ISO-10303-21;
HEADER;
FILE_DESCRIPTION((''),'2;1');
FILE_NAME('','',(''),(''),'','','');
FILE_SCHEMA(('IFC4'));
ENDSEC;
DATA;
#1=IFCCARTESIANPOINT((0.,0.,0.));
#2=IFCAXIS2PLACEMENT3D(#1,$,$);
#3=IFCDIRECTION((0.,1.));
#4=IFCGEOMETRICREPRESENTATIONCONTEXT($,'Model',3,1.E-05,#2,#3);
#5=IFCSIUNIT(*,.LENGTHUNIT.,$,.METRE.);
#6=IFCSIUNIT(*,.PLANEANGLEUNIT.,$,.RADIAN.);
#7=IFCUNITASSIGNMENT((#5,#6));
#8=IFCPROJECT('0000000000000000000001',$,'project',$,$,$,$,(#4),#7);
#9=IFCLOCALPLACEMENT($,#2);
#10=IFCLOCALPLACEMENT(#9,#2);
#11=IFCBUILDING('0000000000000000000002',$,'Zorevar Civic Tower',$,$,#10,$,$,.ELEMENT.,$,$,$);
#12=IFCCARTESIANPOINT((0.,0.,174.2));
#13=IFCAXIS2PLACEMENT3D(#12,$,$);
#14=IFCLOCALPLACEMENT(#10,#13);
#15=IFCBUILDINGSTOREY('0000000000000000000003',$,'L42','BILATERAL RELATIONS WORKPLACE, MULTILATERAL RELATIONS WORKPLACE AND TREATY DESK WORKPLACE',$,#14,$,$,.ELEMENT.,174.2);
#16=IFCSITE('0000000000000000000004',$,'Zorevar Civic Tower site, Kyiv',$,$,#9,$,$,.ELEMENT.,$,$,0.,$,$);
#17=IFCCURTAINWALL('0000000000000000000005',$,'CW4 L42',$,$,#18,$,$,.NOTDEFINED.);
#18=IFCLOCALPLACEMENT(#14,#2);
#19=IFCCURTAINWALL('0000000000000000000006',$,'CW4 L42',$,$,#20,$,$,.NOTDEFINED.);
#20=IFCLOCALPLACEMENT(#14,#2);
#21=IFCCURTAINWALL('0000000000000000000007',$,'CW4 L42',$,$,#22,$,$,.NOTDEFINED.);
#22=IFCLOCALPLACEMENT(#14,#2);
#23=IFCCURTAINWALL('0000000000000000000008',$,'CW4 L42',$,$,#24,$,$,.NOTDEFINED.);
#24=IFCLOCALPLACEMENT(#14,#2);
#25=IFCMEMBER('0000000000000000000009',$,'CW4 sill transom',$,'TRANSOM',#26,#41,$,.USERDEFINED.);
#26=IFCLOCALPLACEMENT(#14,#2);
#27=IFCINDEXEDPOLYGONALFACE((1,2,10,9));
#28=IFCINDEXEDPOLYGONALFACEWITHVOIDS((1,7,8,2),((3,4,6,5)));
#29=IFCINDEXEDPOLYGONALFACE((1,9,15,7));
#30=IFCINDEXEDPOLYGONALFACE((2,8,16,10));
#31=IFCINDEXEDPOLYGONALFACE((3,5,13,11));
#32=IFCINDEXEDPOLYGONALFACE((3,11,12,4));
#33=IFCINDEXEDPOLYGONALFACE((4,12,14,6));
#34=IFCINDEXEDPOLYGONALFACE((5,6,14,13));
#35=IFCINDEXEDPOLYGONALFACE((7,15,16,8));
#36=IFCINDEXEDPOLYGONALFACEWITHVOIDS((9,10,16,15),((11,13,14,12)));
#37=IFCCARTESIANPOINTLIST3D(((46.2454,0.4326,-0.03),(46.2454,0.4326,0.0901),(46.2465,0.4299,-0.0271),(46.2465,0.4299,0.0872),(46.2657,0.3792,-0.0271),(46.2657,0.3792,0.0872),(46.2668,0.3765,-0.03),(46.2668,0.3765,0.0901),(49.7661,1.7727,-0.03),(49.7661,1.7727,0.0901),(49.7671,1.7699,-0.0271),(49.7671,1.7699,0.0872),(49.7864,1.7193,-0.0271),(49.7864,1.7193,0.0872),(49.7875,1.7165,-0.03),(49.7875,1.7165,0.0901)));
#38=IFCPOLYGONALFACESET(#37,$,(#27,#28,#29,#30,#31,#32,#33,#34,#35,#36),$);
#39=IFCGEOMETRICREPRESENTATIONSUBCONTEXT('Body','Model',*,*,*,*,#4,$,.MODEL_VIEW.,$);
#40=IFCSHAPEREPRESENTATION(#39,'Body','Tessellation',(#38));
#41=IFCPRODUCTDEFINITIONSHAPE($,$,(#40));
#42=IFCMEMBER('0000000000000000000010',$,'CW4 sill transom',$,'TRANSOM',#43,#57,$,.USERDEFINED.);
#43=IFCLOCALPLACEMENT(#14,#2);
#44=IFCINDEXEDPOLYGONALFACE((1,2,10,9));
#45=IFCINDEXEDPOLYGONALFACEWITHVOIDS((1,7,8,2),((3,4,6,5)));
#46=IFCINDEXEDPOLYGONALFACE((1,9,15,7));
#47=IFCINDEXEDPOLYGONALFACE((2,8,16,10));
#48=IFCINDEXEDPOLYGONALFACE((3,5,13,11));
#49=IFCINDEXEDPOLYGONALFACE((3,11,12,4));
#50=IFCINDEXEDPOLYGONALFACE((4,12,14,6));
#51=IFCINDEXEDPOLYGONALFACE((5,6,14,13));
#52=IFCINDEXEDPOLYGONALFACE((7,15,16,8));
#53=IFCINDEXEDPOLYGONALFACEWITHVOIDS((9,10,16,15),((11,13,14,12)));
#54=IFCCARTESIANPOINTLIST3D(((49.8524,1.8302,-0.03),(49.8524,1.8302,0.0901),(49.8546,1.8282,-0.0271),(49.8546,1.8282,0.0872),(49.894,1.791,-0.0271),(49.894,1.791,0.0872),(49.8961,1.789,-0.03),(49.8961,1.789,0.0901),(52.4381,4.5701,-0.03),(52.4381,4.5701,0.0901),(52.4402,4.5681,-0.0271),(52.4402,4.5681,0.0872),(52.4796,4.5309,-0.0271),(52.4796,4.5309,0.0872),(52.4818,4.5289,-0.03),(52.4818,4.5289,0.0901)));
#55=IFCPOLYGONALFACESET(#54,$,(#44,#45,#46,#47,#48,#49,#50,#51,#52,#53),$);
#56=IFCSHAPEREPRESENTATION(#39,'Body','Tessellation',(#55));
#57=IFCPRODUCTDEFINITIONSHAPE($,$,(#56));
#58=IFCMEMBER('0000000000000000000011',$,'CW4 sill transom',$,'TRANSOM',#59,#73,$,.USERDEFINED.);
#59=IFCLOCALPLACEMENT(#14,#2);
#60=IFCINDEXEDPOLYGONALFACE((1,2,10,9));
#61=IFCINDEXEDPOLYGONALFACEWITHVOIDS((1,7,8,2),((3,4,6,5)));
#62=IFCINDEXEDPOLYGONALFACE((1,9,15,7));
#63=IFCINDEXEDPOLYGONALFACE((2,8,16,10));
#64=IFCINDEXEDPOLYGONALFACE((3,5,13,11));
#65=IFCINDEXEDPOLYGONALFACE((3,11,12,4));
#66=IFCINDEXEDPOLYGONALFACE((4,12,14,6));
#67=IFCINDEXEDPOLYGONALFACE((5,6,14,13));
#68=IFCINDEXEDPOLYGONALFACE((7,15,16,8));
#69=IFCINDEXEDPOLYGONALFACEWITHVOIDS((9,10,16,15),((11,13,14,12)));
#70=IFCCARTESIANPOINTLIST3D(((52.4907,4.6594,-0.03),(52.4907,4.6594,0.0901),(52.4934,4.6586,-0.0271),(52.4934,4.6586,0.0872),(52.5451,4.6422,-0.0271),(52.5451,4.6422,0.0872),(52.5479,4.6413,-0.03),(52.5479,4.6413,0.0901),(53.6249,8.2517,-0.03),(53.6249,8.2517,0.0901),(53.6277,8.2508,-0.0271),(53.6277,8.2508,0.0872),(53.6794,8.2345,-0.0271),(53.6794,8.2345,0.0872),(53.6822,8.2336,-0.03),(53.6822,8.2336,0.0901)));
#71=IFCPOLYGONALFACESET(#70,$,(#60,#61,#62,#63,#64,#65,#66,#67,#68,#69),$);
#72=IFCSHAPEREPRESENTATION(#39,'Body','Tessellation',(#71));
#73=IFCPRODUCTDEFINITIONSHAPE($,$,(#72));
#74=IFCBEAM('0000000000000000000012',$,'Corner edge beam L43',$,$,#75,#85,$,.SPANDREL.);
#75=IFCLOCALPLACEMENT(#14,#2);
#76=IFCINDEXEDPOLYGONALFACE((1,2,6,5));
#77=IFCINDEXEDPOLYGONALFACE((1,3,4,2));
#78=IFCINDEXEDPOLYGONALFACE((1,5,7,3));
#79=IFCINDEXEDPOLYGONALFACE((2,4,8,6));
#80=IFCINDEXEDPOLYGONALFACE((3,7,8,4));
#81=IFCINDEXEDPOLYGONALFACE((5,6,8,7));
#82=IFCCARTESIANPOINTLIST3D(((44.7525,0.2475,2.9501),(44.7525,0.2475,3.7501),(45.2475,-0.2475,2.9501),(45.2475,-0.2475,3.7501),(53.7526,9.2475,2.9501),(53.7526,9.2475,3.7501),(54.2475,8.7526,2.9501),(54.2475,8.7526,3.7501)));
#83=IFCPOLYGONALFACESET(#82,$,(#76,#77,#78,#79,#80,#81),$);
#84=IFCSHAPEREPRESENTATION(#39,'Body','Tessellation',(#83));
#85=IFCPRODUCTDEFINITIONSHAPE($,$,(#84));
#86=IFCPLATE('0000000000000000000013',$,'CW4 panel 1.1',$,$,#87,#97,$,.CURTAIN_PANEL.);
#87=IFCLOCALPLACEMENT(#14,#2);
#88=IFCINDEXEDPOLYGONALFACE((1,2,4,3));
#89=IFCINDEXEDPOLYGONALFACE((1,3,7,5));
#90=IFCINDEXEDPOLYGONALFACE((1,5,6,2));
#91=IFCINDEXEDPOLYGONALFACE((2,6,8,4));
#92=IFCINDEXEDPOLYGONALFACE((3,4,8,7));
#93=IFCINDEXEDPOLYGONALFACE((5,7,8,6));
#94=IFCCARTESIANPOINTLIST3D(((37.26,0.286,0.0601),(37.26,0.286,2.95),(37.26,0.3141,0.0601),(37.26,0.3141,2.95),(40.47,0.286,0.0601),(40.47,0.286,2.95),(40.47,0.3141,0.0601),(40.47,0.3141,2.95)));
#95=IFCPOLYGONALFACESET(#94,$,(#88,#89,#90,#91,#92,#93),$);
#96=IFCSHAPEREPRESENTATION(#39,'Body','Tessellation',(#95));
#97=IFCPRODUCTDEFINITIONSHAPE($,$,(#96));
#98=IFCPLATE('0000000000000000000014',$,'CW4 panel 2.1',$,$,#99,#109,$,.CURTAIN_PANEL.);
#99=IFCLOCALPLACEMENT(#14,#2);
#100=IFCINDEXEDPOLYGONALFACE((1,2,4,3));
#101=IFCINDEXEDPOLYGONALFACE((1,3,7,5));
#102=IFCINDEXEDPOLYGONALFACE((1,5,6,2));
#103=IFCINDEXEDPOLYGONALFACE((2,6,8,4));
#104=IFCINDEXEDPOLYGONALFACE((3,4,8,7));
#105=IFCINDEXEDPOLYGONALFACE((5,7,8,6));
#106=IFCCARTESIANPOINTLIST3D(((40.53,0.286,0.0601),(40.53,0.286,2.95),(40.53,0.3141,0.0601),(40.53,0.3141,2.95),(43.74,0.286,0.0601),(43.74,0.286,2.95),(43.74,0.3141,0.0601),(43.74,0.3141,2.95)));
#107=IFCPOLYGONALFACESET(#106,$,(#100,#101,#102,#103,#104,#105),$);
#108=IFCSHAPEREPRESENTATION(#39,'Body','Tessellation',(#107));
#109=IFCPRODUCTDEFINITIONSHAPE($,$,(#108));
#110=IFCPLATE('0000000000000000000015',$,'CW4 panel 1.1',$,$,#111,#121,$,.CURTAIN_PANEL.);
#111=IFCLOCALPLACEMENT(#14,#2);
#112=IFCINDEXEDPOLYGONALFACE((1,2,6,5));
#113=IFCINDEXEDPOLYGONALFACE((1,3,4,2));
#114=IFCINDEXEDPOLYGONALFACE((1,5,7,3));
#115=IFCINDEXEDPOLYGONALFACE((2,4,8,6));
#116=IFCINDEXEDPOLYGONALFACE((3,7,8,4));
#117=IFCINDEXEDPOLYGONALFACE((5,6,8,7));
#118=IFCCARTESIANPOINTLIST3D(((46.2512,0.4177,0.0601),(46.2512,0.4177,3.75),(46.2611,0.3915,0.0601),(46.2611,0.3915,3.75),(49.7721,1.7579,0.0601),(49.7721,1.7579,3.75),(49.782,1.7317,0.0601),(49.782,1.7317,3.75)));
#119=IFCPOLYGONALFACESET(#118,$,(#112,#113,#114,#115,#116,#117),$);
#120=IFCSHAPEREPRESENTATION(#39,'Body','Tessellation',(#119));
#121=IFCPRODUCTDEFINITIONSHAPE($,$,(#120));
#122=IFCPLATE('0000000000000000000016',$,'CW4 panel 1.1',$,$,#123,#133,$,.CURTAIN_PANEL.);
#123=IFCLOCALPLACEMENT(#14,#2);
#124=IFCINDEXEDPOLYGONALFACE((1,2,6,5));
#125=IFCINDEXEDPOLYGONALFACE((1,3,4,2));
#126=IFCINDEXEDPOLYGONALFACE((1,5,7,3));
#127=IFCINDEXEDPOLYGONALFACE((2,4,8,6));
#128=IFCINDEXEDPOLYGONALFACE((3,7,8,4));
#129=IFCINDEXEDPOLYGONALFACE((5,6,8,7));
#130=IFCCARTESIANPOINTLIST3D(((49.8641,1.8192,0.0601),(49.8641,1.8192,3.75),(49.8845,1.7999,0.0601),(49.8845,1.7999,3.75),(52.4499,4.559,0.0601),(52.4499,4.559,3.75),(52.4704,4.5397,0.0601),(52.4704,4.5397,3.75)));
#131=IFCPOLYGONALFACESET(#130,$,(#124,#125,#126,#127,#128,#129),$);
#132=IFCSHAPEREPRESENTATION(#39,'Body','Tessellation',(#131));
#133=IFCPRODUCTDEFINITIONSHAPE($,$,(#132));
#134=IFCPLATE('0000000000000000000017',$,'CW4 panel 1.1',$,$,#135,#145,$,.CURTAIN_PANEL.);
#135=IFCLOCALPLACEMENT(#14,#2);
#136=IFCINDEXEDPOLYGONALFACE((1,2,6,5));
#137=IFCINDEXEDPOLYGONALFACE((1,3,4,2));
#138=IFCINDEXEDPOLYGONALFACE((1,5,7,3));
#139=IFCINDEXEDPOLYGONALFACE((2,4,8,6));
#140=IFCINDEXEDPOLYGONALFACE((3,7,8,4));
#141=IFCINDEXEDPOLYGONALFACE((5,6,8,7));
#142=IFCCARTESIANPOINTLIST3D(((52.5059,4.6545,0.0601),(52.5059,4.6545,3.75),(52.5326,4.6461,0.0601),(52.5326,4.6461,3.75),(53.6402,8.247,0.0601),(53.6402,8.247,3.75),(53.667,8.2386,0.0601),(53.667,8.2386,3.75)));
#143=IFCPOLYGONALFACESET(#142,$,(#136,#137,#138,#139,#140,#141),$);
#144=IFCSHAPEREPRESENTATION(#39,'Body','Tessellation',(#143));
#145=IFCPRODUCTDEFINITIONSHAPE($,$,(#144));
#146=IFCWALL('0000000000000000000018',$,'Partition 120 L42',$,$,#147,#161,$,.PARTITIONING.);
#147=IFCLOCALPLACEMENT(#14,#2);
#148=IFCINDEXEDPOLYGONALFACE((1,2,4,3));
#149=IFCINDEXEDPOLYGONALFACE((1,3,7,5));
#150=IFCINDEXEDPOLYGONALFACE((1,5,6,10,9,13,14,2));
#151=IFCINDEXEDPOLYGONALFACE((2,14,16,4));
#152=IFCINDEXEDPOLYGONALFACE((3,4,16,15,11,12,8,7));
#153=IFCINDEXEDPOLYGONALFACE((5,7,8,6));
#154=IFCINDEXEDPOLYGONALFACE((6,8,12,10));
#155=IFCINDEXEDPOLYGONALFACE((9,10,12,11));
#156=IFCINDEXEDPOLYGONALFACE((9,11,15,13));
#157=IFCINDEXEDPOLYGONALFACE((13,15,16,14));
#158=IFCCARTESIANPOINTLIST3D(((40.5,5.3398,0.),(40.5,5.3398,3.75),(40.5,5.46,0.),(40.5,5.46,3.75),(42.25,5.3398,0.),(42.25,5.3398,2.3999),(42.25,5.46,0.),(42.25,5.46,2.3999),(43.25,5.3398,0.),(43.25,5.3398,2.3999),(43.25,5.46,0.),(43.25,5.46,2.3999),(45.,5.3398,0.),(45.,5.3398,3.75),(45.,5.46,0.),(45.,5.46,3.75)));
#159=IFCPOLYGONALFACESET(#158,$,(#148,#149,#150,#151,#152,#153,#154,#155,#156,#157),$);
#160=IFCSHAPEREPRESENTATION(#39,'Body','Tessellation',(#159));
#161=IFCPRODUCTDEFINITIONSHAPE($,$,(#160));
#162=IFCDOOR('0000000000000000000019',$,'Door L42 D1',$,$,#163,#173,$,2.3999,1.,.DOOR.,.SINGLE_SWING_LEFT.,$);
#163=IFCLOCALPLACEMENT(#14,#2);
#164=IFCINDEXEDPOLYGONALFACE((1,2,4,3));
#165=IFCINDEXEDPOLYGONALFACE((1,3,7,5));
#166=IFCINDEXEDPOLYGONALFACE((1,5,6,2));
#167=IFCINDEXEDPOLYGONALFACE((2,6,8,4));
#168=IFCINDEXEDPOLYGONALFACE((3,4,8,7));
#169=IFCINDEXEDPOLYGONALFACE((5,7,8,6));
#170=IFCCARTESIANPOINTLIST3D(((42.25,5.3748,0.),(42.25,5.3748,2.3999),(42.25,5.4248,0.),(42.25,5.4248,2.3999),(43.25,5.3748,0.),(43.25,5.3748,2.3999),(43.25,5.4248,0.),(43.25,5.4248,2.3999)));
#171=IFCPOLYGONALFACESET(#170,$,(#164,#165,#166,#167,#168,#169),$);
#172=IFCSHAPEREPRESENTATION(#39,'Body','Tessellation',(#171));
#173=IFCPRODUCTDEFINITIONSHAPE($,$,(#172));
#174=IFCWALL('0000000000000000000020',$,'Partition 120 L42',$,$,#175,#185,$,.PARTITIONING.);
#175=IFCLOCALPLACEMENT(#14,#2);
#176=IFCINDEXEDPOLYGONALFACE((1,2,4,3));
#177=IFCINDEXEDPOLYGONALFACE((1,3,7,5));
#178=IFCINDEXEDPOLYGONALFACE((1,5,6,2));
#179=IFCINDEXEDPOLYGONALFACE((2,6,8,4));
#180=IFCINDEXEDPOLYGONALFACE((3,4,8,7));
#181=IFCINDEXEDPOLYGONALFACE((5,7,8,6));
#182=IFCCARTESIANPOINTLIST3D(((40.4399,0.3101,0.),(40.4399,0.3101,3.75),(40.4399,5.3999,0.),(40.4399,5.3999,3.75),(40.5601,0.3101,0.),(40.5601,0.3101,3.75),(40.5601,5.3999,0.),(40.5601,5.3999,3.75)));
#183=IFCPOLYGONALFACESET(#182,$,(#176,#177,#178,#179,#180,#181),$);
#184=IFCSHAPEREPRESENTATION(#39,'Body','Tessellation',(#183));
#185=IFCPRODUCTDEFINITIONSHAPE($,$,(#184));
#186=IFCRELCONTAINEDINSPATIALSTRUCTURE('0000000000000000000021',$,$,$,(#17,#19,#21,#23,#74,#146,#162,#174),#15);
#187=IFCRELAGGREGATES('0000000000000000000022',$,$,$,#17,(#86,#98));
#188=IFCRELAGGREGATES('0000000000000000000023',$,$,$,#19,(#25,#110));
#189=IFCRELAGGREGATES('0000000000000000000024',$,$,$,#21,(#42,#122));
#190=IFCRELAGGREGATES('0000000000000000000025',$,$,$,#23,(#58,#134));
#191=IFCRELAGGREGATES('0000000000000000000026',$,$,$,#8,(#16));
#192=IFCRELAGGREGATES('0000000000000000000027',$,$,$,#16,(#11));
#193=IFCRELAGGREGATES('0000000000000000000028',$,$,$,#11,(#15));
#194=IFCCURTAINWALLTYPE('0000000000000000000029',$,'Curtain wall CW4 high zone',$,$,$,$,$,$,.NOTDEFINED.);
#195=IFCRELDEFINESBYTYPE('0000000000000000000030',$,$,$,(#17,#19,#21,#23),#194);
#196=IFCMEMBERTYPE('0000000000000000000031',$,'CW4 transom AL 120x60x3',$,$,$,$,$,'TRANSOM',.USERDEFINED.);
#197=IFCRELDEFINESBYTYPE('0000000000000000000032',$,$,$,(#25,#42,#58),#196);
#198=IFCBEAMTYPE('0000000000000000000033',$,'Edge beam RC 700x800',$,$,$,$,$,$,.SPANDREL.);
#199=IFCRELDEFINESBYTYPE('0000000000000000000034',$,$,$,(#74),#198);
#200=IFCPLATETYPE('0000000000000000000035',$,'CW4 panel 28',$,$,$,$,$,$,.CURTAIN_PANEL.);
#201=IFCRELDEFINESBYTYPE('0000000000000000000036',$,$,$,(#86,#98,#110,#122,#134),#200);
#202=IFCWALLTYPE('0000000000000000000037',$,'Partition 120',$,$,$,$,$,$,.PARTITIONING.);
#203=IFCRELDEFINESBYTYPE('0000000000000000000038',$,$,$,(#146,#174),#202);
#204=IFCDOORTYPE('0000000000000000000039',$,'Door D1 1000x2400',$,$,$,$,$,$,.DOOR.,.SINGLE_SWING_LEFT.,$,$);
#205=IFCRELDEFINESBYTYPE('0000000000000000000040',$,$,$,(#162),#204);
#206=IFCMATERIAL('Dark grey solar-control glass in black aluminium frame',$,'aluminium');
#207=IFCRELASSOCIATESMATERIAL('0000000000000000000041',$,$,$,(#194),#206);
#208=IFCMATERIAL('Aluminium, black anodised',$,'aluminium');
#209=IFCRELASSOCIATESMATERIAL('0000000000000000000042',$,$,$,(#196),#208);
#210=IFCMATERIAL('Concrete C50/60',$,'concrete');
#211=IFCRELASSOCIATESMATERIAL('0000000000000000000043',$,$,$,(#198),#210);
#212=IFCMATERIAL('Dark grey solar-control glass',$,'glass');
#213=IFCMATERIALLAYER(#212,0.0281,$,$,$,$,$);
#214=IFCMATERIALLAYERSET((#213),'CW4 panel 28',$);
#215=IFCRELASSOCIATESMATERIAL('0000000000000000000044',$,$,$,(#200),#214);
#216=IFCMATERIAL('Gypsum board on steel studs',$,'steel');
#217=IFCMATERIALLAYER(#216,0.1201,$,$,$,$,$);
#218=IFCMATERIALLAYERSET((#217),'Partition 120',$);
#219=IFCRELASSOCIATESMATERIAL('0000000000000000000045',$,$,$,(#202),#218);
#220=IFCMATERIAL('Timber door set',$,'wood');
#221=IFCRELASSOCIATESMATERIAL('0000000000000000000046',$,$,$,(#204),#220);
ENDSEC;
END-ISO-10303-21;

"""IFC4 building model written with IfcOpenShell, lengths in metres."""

from ifc_helpers import new_model, si_unit, direction, frame, frame_2d, origin, origin_2d, place, context, subcontext, project, spatial, rectangle, hollow_rectangle, extrude, material, layer, layer_set, material_profile, profile_set, type_object, element, fill, aggregate, save


model = new_model("IFC4")

# Units and contexts
model_context = context("Model", 3, precision=1e-05, world=origin(), true_north=direction((0.0, 1.0)))
body_context = subcontext(model_context, "Body", "Model", "MODEL_VIEW")
ifc_project = project(units=[si_unit("LENGTHUNIT", "METRE"), si_unit("PLANEANGLEUNIT", "RADIAN")], contexts=[model_context])

# Site, building, storey
site_placement = place(None, origin())
site = spatial("IfcSite", under=ifc_project, at=site_placement, Name="Zorevar Civic Tower site, Kyiv", CompositionType="ELEMENT", RefElevation=0.0)
building_placement = place(site_placement, origin())
building = spatial("IfcBuilding", under=site, at=building_placement, Name="Zorevar Civic Tower", CompositionType="ELEMENT")
storey_placement = place(building_placement, frame((0.0, 0.0, 174.2)))
storey = spatial("IfcBuildingStorey", under=building, at=storey_placement, Name="L42", Description="BILATERAL RELATIONS WORKPLACE, MULTILATERAL RELATIONS WORKPLACE AND TREATY DESK WORKPLACE", CompositionType="ELEMENT", Elevation=174.2)

# Curtain walls
ifc_material_1 = material(Name="Dark grey solar-control glass in black aluminium frame", Category="aluminium")
curtain_wall_type = type_object("IfcCurtainWallType", Name="Curtain wall CW4 high zone", PredefinedType="NOTDEFINED", material=ifc_material_1)
curtain_wall_1_placement = place(storey_placement, origin())
curtain_wall_1 = element("IfcCurtainWall", 1, at=curtain_wall_1_placement, inside=storey, type_object=curtain_wall_type, Name="CW4 L42", PredefinedType="NOTDEFINED")
curtain_wall_2_placement = place(storey_placement, origin())
curtain_wall_2 = element("IfcCurtainWall", 2, at=curtain_wall_2_placement, inside=storey, type_object=curtain_wall_type, Name="CW4 L42", PredefinedType="NOTDEFINED")
curtain_wall_3_placement = place(storey_placement, origin())
curtain_wall_3 = element("IfcCurtainWall", 3, at=curtain_wall_3_placement, inside=storey, type_object=curtain_wall_type, Name="CW4 L42", PredefinedType="NOTDEFINED")

# Curtain wall
curtain_wall_4_placement = place(storey_placement, origin())
curtain_wall_4 = element("IfcCurtainWall", 4, at=curtain_wall_4_placement, inside=storey, type_object=curtain_wall_type, Name="CW4 L42", PredefinedType="NOTDEFINED")

# Members
ifc_material_2 = material(Name="Aluminium, black anodised", Category="aluminium")
ifc_material_profile_1 = material_profile(ifc_material_2, hollow_rectangle(XDim=0.0601, YDim=0.1201, WallThickness=0.0029, at=origin_2d()), Name="AL 120x60x3")
ifc_profile_set_1 = profile_set([ifc_material_profile_1], Name="Aluminium, black anodised")
member_type_1 = type_object("IfcMemberType", Name="CW4 transom AL 120x60x3", ElementType="TRANSOM", PredefinedType="USERDEFINED", material=ifc_profile_set_1)
member_1_placement = place(storey_placement, frame((46.2561, 0.4045, 0.03), z_axis=(0.934589, 0.355729, 0.0), x_axis=(-0.355729, 0.934589, 0.0)))
member_1 = element("IfcMember", 5, at=member_1_placement, type_object=member_type_1, Name="CW4 sill transom", ObjectType="TRANSOM", PredefinedType="USERDEFINED", context=body_context, shape_type="SweptSolid", body=[
    extrude(hollow_rectangle(XDim=0.0601, YDim=0.1201, WallThickness=0.0029, at=origin_2d()), origin(), (0.0, 0.0, 1.0), 3.7671),
])
member_2_placement = place(storey_placement, frame((49.8743, 1.8096, 0.03), z_axis=(0.686332, 0.727288, 0.0), x_axis=(-0.727288, 0.686332, 0.0)))
member_2 = element("IfcMember", 6, at=member_2_placement, type_object=member_type_1, Name="CW4 sill transom", ObjectType="TRANSOM", PredefinedType="USERDEFINED", context=body_context, shape_type="SweptSolid", body=[
    extrude(hollow_rectangle(XDim=0.0601, YDim=0.1201, WallThickness=0.0029, at=origin_2d()), origin(), (0.0, 0.0, 1.0), 3.7673),
])
member_3_placement = place(storey_placement, frame((52.5193, 4.6504, 0.03), z_axis=(0.3011, 0.953592, 0.0), x_axis=(-0.953592, 0.3011, 0.0)))
member_3 = element("IfcMember", 7, at=member_3_placement, type_object=member_type_1, Name="CW4 sill transom", ObjectType="TRANSOM", PredefinedType="USERDEFINED", context=body_context, shape_type="SweptSolid", body=[
    extrude(hollow_rectangle(XDim=0.0601, YDim=0.1201, WallThickness=0.0029, at=origin_2d()), origin(), (0.0, 0.0, 1.0), 3.7671),
])

# Beam
ifc_material_3 = material(Name="Concrete C50/60", Category="concrete")
ifc_material_profile_2 = material_profile(ifc_material_3, rectangle(XDim=0.7, YDim=0.8, at=origin_2d()), Name="RC 700x800")
ifc_profile_set_2 = profile_set([ifc_material_profile_2], Name="Concrete C50/60")
beam_type_1 = type_object("IfcBeamType", Name="Edge beam RC 700x800", PredefinedType="SPANDREL", material=ifc_profile_set_2)
beam_1_placement = place(storey_placement, frame((45.0, 0.0, 3.3501), z_axis=(0.707107, 0.707107, 0.0), x_axis=(-0.707107, 0.707107, 0.0)))
element("IfcBeam", 8, at=beam_1_placement, inside=storey, type_object=beam_type_1, Name="Corner edge beam L43", PredefinedType="SPANDREL", context=body_context, shape_type="SweptSolid", body=[
    extrude(rectangle(XDim=0.7, YDim=0.8, at=origin_2d()), origin(), (0.0, 0.0, 1.0), 12.728),
])

# Plates
ifc_material_4 = material(Name="Dark grey solar-control glass", Category="glass")
ifc_layer_1 = layer(ifc_material_4, 0.0281)
ifc_layer_set_1 = layer_set([ifc_layer_1], Name="CW4 panel 28")
plate_type = type_object("IfcPlateType", Name="CW4 panel 28", PredefinedType="CURTAIN_PANEL", material=ifc_layer_set_1)
plate_1_placement = place(storey_placement, frame((38.865, 0.3, 0.0601), z_axis=(0.0, 0.0, 1.0), x_axis=(1.0, 0.0, 0.0)))
plate_1 = element("IfcPlate", 9, at=plate_1_placement, type_object=plate_type, Name="CW4 panel 1.1", PredefinedType="CURTAIN_PANEL", context=body_context, shape_type="SweptSolid", body=[
    extrude(rectangle(XDim=3.21, YDim=0.0281, at=origin_2d()), origin(), (0.0, 0.0, 1.0), 2.8899),
])
plate_2_placement = place(storey_placement, frame((42.135, 0.3, 0.0601), z_axis=(0.0, 0.0, 1.0), x_axis=(1.0, 0.0, 0.0)))
plate_2 = element("IfcPlate", 10, at=plate_2_placement, type_object=plate_type, Name="CW4 panel 2.1", PredefinedType="CURTAIN_PANEL", context=body_context, shape_type="SweptSolid", body=[
    extrude(rectangle(XDim=3.21, YDim=0.0281, at=origin_2d()), origin(), (0.0, 0.0, 1.0), 2.8899),
])
aggregate(curtain_wall_1, [plate_1, plate_2])
plate_3_placement = place(storey_placement, frame((48.0166, 1.0747, 0.0601), z_axis=(0.0, 0.0, 1.0), x_axis=(0.934588, 0.355731, 0.0)))
plate_3 = element("IfcPlate", 11, at=plate_3_placement, type_object=plate_type, Name="CW4 panel 1.1", PredefinedType="CURTAIN_PANEL", context=body_context, shape_type="SweptSolid", body=[
    extrude(rectangle(XDim=3.7673, YDim=0.0281, at=origin_2d()), origin(), (0.0, 0.0, 1.0), 3.6899),
])
aggregate(curtain_wall_2, [member_1, plate_3])
plate_4_placement = place(storey_placement, frame((51.1672, 3.1794, 0.0601), z_axis=(0.0, 0.0, 1.0), x_axis=(0.686378, 0.727245, 0.0)))
plate_4 = element("IfcPlate", 12, at=plate_4_placement, type_object=plate_type, Name="CW4 panel 1.1", PredefinedType="CURTAIN_PANEL", context=body_context, shape_type="SweptSolid", body=[
    extrude(rectangle(XDim=3.7673, YDim=0.0281, at=origin_2d()), origin(), (0.0, 0.0, 1.0), 3.6899),
])
aggregate(curtain_wall_3, [member_2, plate_4])
plate_5_placement = place(storey_placement, frame((53.0864, 6.4465, 0.0601), z_axis=(0.0, 0.0, 1.0), x_axis=(0.301108, 0.95359, 0.0)))
plate_5 = element("IfcPlate", 13, at=plate_5_placement, type_object=plate_type, Name="CW4 panel 1.1", PredefinedType="CURTAIN_PANEL", context=body_context, shape_type="SweptSolid", body=[
    extrude(rectangle(XDim=3.7673, YDim=0.0281, at=origin_2d()), origin(), (0.0, 0.0, 1.0), 3.6899),
])
aggregate(curtain_wall_4, [member_3, plate_5])

# Wall, opening, door
ifc_material_5 = material(Name="Gypsum board on steel studs", Category="steel")
ifc_layer_2 = layer(ifc_material_5, 0.1201)
ifc_layer_set_2 = layer_set([ifc_layer_2], Name="Partition 120")
wall_type = type_object("IfcWallType", Name="Partition 120", PredefinedType="PARTITIONING", material=ifc_layer_set_2)
wall_1_placement = place(storey_placement, frame((40.5, 5.3999, 0.0), z_axis=(0.0, 0.0, 1.0), x_axis=(1.0, 0.0, 0.0)))
wall_1 = element("IfcWall", 14, at=wall_1_placement, inside=storey, type_object=wall_type, Name="Partition 120 L42", PredefinedType="PARTITIONING", context=body_context, shape_type="SweptSolid", body=[
    extrude(rectangle(XDim=4.5, YDim=0.1201, at=frame_2d((2.25, 0.0))), origin(), (0.0, 0.0, 1.0), 3.75),
])
opening_placement = place(wall_1_placement, frame((1.75, 0.0, 0.0)))
opening = element("IfcOpeningElement", 15, at=opening_placement, cuts=wall_1, PredefinedType="OPENING", context=body_context, shape_type="SweptSolid", body=[
    extrude(rectangle(XDim=1.0, YDim=2.3999, at=frame_2d((0.5, 1.2))), frame((0.0, 0.0701, 0.0), z_axis=(0.0, -1.0, 0.0), x_axis=(1.0, 0.0, 0.0)), (0.0, 0.0, 1.0), 0.1401),
])
ifc_material_6 = material(Name="Timber door set", Category="wood")
door_type = type_object("IfcDoorType", Name="Door D1 1000x2400", OperationType="SINGLE_SWING_LEFT", PredefinedType="DOOR", material=ifc_material_6)
door_placement = place(opening_placement, origin())
door = element("IfcDoor", 16, at=door_placement, inside=storey, type_object=door_type, Name="Door L42 D1", OperationType="SINGLE_SWING_LEFT", OverallHeight=2.3999, OverallWidth=1.0, PredefinedType="DOOR", context=body_context, shape_type="SweptSolid", body=[
    extrude(rectangle(XDim=1.0, YDim=2.3999, at=frame_2d((0.5, 1.2))), frame((0.0, 0.0249, 0.0), z_axis=(0.0, -1.0, 0.0), x_axis=(1.0, 0.0, 0.0)), (0.0, 0.0, 1.0), 0.05),
])
fill(opening, door)

# Wall
wall_2_placement = place(storey_placement, frame((40.5, 0.3101, 0.0), z_axis=(0.0, 0.0, 1.0), x_axis=(0.0, 1.0, 0.0)))
element("IfcWall", 17, at=wall_2_placement, inside=storey, type_object=wall_type, Name="Partition 120 L42", PredefinedType="PARTITIONING", context=body_context, shape_type="SweptSolid", body=[
    extrude(rectangle(XDim=5.0898, YDim=0.1201, at=frame_2d((2.5449, 0.0))), origin(), (0.0, 0.0, 1.0), 3.75),
])

save(model, "model.ifc")
